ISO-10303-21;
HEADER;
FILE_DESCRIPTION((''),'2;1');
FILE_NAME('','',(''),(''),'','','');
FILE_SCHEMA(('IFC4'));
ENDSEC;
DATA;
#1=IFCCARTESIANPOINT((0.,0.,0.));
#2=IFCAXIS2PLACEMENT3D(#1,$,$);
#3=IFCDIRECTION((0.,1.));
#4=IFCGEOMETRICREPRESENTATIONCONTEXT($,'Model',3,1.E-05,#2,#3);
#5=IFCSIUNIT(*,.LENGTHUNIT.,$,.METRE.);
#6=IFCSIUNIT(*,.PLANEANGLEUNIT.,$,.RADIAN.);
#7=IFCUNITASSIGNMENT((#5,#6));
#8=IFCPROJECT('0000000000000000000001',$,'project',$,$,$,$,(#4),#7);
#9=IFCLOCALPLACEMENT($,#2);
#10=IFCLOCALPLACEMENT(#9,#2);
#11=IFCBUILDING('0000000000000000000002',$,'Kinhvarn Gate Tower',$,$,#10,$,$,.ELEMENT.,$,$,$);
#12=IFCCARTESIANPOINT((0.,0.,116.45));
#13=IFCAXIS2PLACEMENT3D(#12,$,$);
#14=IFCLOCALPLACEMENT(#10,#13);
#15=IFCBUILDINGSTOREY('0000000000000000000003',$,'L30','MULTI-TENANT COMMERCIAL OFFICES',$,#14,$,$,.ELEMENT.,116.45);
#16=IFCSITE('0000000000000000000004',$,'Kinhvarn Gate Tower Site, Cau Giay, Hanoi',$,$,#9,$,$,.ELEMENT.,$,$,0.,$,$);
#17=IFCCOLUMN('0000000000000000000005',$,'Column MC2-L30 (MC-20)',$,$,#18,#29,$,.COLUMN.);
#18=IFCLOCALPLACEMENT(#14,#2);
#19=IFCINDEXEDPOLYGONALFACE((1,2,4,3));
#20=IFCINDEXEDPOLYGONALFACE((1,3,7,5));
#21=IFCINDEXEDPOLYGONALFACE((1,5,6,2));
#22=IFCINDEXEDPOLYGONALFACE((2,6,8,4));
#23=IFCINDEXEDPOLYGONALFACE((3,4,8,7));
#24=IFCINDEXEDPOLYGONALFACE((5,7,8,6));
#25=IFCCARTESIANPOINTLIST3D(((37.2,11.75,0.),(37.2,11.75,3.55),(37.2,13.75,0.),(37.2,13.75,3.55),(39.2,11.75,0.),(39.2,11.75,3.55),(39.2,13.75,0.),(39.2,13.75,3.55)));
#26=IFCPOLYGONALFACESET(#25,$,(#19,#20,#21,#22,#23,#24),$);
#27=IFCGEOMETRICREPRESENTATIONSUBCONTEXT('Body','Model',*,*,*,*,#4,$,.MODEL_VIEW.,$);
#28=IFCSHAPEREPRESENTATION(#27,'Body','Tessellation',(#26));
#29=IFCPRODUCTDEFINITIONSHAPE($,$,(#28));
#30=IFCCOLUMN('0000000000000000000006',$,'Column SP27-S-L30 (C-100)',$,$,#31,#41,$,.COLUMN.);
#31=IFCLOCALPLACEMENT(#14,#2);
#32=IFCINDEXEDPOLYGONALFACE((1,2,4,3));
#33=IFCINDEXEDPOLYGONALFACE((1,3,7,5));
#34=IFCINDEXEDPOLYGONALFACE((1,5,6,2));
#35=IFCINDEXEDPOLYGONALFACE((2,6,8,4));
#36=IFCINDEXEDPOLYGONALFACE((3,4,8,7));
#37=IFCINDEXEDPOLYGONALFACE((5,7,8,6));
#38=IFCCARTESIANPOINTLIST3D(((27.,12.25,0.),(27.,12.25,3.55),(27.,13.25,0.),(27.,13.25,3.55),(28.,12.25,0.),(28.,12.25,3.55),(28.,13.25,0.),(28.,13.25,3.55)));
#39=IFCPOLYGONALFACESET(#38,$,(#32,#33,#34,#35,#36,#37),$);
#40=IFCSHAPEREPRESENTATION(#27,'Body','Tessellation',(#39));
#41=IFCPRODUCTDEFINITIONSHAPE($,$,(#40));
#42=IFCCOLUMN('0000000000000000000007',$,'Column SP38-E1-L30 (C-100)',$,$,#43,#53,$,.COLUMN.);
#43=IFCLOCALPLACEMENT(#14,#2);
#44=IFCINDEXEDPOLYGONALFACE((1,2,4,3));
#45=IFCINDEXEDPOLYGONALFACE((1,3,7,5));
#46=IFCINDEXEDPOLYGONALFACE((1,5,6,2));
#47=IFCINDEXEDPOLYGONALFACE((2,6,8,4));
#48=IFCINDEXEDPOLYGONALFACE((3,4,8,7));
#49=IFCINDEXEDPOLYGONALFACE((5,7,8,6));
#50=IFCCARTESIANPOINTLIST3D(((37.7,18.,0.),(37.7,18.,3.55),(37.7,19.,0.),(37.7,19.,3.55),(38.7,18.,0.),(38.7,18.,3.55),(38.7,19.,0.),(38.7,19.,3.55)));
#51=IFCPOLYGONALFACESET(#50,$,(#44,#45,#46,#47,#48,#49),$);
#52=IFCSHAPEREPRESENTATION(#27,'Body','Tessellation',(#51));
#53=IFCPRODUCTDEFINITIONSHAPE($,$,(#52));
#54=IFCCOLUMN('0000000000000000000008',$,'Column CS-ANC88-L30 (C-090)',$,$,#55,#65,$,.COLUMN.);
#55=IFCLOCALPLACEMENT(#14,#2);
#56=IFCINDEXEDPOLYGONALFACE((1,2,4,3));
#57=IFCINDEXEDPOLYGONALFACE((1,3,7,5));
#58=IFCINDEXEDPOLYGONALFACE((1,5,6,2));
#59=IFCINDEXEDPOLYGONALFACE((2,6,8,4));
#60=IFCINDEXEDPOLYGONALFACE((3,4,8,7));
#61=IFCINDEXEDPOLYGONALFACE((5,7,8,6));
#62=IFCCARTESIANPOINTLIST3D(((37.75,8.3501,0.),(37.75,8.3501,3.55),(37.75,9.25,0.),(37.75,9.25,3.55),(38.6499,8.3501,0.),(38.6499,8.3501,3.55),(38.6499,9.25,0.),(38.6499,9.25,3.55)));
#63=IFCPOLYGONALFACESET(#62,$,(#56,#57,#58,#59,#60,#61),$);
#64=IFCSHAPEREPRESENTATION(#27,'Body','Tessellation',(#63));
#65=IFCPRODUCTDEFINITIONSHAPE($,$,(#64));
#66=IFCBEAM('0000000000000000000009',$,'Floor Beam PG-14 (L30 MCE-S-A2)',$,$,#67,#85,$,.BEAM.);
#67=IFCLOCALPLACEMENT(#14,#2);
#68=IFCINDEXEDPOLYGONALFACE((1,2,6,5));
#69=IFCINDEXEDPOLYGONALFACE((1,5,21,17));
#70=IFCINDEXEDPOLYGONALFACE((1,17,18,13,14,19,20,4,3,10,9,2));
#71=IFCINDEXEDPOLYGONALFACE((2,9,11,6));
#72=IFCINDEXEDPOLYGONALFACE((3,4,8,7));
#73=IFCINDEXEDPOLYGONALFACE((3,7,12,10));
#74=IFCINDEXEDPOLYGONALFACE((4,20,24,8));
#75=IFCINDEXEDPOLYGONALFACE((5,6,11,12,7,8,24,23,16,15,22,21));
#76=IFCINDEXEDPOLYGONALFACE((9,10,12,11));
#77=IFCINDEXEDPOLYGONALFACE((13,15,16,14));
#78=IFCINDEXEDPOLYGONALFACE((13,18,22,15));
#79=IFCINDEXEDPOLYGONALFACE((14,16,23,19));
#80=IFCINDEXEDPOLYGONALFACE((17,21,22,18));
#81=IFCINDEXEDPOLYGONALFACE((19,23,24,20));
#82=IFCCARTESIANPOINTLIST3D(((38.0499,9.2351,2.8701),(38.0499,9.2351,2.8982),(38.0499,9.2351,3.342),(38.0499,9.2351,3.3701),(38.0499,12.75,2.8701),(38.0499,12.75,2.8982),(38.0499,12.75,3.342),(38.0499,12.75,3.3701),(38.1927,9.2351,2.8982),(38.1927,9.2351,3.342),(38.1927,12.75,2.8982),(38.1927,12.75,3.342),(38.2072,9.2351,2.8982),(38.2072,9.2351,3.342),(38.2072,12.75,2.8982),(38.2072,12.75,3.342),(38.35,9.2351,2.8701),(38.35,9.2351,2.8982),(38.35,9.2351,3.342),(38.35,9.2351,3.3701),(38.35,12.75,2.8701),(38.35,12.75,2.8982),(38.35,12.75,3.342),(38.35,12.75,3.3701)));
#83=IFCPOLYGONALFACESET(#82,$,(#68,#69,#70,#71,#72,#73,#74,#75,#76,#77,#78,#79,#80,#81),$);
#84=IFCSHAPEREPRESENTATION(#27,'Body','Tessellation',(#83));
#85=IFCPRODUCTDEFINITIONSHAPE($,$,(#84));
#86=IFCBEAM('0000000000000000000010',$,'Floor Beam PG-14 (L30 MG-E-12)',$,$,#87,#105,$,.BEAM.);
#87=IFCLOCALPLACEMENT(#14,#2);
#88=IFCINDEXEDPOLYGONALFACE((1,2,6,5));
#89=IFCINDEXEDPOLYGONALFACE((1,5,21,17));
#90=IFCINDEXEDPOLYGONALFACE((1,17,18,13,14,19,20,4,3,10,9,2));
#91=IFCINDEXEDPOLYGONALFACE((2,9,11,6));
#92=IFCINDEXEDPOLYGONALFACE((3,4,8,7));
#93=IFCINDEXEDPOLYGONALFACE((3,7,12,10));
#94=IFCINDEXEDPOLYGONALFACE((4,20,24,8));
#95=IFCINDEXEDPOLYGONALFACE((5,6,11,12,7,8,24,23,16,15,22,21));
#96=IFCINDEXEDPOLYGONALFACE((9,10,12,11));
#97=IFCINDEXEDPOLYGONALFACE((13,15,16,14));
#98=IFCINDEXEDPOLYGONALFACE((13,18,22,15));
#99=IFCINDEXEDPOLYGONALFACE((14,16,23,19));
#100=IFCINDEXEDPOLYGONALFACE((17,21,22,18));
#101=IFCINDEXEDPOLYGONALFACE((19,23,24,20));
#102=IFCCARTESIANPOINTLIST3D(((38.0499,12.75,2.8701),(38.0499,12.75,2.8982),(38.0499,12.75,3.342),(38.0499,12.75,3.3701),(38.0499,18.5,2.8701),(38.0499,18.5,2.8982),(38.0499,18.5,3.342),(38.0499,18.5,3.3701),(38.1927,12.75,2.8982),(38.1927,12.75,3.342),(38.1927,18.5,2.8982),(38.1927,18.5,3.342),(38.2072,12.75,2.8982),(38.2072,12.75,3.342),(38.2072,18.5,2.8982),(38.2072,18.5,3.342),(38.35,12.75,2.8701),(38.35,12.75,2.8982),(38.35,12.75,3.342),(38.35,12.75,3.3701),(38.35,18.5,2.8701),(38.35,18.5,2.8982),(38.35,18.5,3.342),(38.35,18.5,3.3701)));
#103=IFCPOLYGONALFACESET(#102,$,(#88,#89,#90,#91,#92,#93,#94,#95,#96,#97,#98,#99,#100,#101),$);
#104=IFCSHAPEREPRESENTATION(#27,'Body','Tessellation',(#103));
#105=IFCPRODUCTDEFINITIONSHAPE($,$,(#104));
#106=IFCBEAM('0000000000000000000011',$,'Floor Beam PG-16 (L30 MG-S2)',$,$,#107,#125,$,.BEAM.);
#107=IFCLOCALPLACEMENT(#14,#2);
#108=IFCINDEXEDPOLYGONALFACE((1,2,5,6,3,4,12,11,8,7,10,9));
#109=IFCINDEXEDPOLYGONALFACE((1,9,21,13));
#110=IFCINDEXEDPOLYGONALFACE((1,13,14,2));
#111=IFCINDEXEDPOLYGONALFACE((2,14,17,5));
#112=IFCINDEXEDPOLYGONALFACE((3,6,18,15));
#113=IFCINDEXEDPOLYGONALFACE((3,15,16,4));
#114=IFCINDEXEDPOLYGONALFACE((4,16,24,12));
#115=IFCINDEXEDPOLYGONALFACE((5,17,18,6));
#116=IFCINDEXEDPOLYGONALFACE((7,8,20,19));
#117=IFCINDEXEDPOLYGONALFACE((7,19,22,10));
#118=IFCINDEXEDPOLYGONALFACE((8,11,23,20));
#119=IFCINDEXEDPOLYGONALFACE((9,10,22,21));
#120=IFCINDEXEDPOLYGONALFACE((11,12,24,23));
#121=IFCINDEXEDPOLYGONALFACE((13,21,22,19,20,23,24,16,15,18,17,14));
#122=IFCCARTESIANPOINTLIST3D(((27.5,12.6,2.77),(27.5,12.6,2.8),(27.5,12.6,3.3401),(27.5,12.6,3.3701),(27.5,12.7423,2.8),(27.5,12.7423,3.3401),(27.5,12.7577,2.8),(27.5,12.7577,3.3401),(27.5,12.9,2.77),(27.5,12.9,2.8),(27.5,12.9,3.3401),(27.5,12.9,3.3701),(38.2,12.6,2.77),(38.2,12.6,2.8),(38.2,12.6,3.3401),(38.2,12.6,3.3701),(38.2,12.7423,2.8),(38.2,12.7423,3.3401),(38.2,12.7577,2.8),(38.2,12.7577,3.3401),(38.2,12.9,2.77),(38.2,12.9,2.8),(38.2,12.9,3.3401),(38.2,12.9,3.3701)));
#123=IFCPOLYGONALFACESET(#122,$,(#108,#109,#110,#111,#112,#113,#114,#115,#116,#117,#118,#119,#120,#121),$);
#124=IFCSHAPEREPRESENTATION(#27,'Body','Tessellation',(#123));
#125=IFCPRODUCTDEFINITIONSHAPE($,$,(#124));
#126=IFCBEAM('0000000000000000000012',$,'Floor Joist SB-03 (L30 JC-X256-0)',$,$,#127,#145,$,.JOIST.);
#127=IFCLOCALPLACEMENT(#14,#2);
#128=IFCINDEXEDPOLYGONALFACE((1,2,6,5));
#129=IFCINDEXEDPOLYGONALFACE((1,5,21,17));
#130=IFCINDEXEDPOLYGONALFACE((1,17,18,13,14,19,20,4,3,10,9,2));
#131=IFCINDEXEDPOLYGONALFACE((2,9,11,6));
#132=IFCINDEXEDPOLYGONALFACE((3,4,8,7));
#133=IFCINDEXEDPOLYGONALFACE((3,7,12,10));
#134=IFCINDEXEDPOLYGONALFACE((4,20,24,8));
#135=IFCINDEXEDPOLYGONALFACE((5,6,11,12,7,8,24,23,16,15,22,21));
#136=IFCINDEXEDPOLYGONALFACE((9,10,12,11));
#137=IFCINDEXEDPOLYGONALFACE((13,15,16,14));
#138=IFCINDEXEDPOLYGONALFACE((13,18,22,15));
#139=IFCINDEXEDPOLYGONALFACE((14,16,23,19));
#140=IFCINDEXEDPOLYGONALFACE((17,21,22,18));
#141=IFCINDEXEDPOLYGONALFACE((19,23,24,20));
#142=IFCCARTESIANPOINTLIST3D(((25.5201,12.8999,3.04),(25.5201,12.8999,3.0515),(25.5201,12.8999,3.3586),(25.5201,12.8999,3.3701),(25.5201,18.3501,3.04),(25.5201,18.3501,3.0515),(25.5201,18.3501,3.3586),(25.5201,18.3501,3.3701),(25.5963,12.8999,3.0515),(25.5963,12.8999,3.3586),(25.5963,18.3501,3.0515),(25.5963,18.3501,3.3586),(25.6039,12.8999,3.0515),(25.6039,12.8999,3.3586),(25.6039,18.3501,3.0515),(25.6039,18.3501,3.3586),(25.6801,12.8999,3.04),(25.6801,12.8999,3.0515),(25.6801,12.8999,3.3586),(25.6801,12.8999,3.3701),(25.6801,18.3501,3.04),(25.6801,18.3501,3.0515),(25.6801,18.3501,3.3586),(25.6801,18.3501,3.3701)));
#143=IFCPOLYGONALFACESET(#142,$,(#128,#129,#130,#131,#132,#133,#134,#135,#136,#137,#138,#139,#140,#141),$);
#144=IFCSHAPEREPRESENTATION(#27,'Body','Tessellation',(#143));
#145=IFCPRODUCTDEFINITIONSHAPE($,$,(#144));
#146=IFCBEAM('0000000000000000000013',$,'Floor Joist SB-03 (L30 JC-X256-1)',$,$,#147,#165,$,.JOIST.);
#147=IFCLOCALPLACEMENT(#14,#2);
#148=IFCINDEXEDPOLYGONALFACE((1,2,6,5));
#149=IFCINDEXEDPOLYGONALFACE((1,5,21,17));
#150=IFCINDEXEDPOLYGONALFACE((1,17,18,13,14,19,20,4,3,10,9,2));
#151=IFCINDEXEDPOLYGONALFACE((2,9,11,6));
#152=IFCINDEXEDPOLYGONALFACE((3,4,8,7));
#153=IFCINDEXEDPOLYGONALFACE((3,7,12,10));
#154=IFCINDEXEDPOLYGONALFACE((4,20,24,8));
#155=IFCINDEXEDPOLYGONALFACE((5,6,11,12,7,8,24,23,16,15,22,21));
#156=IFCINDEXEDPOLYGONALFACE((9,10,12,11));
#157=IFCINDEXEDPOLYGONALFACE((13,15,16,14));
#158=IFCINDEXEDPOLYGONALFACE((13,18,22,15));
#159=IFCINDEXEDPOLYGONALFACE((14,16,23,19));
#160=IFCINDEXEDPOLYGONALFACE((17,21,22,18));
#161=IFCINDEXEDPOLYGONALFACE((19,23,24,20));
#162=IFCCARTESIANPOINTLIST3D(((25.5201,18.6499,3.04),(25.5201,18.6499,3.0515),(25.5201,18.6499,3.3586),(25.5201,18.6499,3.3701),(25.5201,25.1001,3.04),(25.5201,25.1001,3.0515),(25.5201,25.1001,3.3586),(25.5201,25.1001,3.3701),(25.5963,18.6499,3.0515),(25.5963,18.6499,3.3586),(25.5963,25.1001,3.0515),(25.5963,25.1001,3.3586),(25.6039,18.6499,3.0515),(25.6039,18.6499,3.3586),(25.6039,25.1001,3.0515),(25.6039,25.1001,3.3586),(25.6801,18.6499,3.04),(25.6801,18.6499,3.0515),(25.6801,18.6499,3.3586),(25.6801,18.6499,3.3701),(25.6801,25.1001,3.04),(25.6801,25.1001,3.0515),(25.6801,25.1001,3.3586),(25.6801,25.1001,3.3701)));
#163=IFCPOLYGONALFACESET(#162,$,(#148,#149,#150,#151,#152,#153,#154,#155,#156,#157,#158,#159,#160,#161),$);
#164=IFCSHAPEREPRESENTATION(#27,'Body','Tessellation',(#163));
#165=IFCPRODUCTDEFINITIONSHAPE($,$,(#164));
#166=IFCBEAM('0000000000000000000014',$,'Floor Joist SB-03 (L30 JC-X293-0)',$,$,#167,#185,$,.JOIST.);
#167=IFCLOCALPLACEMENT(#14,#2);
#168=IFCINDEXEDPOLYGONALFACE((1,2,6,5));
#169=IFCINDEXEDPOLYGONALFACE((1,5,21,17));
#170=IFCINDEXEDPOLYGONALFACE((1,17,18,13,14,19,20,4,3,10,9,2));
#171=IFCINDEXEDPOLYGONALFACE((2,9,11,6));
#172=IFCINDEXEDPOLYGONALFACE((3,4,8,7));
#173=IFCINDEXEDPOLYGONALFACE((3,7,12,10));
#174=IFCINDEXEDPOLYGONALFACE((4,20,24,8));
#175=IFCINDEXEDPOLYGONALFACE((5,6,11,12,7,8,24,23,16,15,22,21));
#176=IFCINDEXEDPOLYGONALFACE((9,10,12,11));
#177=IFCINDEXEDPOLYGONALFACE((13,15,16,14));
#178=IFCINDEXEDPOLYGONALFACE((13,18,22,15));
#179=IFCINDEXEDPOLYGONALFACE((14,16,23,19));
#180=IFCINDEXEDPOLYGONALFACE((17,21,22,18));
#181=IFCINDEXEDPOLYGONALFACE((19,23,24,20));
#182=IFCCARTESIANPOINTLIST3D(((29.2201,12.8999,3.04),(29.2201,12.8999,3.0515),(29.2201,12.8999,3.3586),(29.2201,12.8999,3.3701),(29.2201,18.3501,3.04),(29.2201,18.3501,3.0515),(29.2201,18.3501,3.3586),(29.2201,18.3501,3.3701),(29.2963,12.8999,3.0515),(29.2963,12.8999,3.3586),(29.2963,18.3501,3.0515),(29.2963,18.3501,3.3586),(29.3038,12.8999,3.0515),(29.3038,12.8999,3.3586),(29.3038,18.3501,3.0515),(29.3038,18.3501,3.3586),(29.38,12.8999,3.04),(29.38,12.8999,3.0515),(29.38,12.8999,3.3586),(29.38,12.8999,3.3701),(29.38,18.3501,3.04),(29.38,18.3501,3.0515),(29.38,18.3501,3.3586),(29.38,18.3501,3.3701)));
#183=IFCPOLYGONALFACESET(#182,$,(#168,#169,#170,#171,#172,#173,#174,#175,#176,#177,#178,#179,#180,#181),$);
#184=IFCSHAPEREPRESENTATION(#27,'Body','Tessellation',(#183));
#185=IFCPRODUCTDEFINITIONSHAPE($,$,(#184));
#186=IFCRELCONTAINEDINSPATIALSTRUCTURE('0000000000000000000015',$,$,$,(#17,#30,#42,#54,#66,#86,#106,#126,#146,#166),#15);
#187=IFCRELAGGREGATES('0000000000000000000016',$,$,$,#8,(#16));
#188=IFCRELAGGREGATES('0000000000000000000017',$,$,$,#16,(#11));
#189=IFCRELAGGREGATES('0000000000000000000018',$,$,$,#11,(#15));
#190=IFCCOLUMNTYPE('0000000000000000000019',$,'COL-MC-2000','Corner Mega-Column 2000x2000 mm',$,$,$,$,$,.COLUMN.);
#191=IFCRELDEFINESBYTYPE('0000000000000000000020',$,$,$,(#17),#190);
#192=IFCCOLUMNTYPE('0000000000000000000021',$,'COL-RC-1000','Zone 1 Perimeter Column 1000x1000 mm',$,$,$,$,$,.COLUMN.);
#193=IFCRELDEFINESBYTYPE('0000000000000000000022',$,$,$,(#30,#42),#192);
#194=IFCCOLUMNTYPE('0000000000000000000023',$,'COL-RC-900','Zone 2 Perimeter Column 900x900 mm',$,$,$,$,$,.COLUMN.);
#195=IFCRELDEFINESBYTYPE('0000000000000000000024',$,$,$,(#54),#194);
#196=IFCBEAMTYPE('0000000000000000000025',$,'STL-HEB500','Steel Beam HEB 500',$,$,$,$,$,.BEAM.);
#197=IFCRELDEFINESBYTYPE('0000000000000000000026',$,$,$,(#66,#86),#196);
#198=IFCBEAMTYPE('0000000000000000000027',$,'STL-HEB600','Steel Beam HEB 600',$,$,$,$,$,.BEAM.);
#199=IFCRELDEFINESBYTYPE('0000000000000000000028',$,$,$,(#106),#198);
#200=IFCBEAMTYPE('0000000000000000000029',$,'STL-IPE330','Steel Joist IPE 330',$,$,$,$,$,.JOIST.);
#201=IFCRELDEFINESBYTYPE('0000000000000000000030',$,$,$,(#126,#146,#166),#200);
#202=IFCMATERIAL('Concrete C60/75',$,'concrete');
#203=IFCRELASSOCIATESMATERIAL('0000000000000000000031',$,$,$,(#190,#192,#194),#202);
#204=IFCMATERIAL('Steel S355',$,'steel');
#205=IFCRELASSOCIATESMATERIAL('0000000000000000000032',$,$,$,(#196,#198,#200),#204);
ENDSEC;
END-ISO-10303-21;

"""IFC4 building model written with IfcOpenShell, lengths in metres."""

from ifc_helpers import new_model, si_unit, direction, frame, origin, origin_2d, place, context, subcontext, project, spatial, rectangle, i_section, extrude, material, material_profile, profile_set, type_object, element, save


model = new_model("IFC4")

# Units and contexts
model_context = context("Model", 3, precision=1e-05, world=origin(), true_north=direction((0.0, 1.0)))
body_context = subcontext(model_context, "Body", "Model", "MODEL_VIEW")
ifc_project = project(units=[si_unit("LENGTHUNIT", "METRE"), si_unit("PLANEANGLEUNIT", "RADIAN")], contexts=[model_context])

# Site, building, storey
site_placement = place(None, origin())
site = spatial("IfcSite", under=ifc_project, at=site_placement, Name="Kinhvarn Gate Tower Site, Cau Giay, Hanoi", CompositionType="ELEMENT", RefElevation=0.0)
building_placement = place(site_placement, origin())
building = spatial("IfcBuilding", under=site, at=building_placement, Name="Kinhvarn Gate Tower", CompositionType="ELEMENT")
storey_placement = place(building_placement, frame((0.0, 0.0, 116.45)))
storey = spatial("IfcBuildingStorey", under=building, at=storey_placement, Name="L30", Description="MULTI-TENANT COMMERCIAL OFFICES", CompositionType="ELEMENT", Elevation=116.45)

# Columns
ifc_material_1 = material(Name="Concrete C60/75", Category="concrete")
ifc_material_profile_1 = material_profile(ifc_material_1, rectangle(XDim=2.0, YDim=2.0, at=origin_2d()), Name="RC 2000x2000")
ifc_profile_set_1 = profile_set([ifc_material_profile_1], Name="Concrete C60/75")
column_type_1 = type_object("IfcColumnType", Name="COL-MC-2000", Description="Corner Mega-Column 2000x2000 mm", PredefinedType="COLUMN", material=ifc_profile_set_1)
column_1_placement = place(storey_placement, frame((38.2, 12.75, 0.0), z_axis=(0.0, 0.0, 1.0), x_axis=(1.0, 0.0, 0.0)))
element("IfcColumn", 1, at=column_1_placement, inside=storey, type_object=column_type_1, Name="Column MC2-L30 (MC-20)", PredefinedType="COLUMN", context=body_context, shape_type="SweptSolid", body=[
    extrude(rectangle(XDim=2.0, YDim=2.0, at=origin_2d()), origin(), (0.0, 0.0, 1.0), 3.55),
])
ifc_material_profile_2 = material_profile(ifc_material_1, rectangle(XDim=1.0, YDim=1.0, at=origin_2d()), Name="RC 1000x1000")
ifc_profile_set_2 = profile_set([ifc_material_profile_2], Name="Concrete C60/75")
column_type_2 = type_object("IfcColumnType", Name="COL-RC-1000", Description="Zone 1 Perimeter Column 1000x1000 mm", PredefinedType="COLUMN", material=ifc_profile_set_2)
for number, where, z_axis, x_axis, name in (
    (2, (27.5, 12.75, 0.0), (0.0, 0.0, 1.0), (1.0, 0.0, 0.0), "Column SP27-S-L30 (C-100)"),
    (3, (38.2, 18.5, 0.0), (0.0, 0.0, 1.0), (1.0, 0.0, 0.0), "Column SP38-E1-L30 (C-100)"),
):
    element("IfcColumn", number, at=place(storey_placement, frame(where, z_axis=z_axis, x_axis=x_axis)), inside=storey, type_object=column_type_2, Name=name, PredefinedType="COLUMN", context=body_context, shape_type="SweptSolid", body=[
        extrude(rectangle(XDim=1.0, YDim=1.0, at=origin_2d()), origin(), (0.0, 0.0, 1.0), 3.55),
    ])
ifc_material_profile_3 = material_profile(ifc_material_1, rectangle(XDim=0.8999, YDim=0.8999, at=origin_2d()), Name="RC 900x900")
ifc_profile_set_3 = profile_set([ifc_material_profile_3], Name="Concrete C60/75")
column_type_3 = type_object("IfcColumnType", Name="COL-RC-900", Description="Zone 2 Perimeter Column 900x900 mm", PredefinedType="COLUMN", material=ifc_profile_set_3)
column_2_placement = place(storey_placement, frame((38.2, 8.8, 0.0), z_axis=(0.0, 0.0, 1.0), x_axis=(1.0, 0.0, 0.0)))
element("IfcColumn", 4, at=column_2_placement, inside=storey, type_object=column_type_3, Name="Column CS-ANC88-L30 (C-090)", PredefinedType="COLUMN", context=body_context, shape_type="SweptSolid", body=[
    extrude(rectangle(XDim=0.8999, YDim=0.8999, at=origin_2d()), origin(), (0.0, 0.0, 1.0), 3.55),
])

# Beams
ifc_material_2 = material(Name="Steel S355", Category="steel")
ifc_material_profile_4 = material_profile(ifc_material_2, i_section(OverallWidth=0.3, OverallDepth=0.5, WebThickness=0.0144, FlangeThickness=0.0281, at=origin_2d()), Name="HEB 500")
ifc_profile_set_4 = profile_set([ifc_material_profile_4], Name="Steel S355")
beam_type_1 = type_object("IfcBeamType", Name="STL-HEB500", Description="Steel Beam HEB 500", PredefinedType="BEAM", material=ifc_profile_set_4)
beam_1_placement = place(storey_placement, frame((38.2, 9.2351, 3.1201), z_axis=(0.0, 1.0, 0.0), x_axis=(-1.0, 0.0, 0.0)))
element("IfcBeam", 5, at=beam_1_placement, inside=storey, type_object=beam_type_1, Name="Floor Beam PG-14 (L30 MCE-S-A2)", PredefinedType="BEAM", context=body_context, shape_type="SweptSolid", body=[
    extrude(i_section(OverallWidth=0.3, OverallDepth=0.5, WebThickness=0.0144, FlangeThickness=0.0281, at=origin_2d()), origin(), (0.0, 0.0, 1.0), 3.5149),
])
beam_2_placement = place(storey_placement, frame((38.2, 12.75, 3.1201), z_axis=(0.0, 1.0, 0.0), x_axis=(-1.0, 0.0, 0.0)))
element("IfcBeam", 6, at=beam_2_placement, inside=storey, type_object=beam_type_1, Name="Floor Beam PG-14 (L30 MG-E-12)", PredefinedType="BEAM", context=body_context, shape_type="SweptSolid", body=[
    extrude(i_section(OverallWidth=0.3, OverallDepth=0.5, WebThickness=0.0144, FlangeThickness=0.0281, at=origin_2d()), origin(), (0.0, 0.0, 1.0), 5.75),
])
ifc_material_profile_5 = material_profile(ifc_material_2, i_section(OverallWidth=0.3, OverallDepth=0.6001, WebThickness=0.0154, FlangeThickness=0.03, at=origin_2d()), Name="HEB 600")
ifc_profile_set_5 = profile_set([ifc_material_profile_5], Name="Steel S355")
beam_type_2 = type_object("IfcBeamType", Name="STL-HEB600", Description="Steel Beam HEB 600", PredefinedType="BEAM", material=ifc_profile_set_5)
beam_3_placement = place(storey_placement, frame((27.5, 12.75, 3.0701), z_axis=(1.0, 0.0, 0.0), x_axis=(0.0, 1.0, 0.0)))
element("IfcBeam", 7, at=beam_3_placement, inside=storey, type_object=beam_type_2, Name="Floor Beam PG-16 (L30 MG-S2)", PredefinedType="BEAM", context=body_context, shape_type="SweptSolid", body=[
    extrude(i_section(OverallWidth=0.3, OverallDepth=0.6001, WebThickness=0.0154, FlangeThickness=0.03, at=origin_2d()), origin(), (0.0, 0.0, 1.0), 10.7),
])
ifc_material_profile_6 = material_profile(ifc_material_2, i_section(OverallWidth=0.1599, OverallDepth=0.3301, WebThickness=0.0076, FlangeThickness=0.0115, at=origin_2d()), Name="IPE 330")
ifc_profile_set_6 = profile_set([ifc_material_profile_6], Name="Steel S355")
beam_type_3 = type_object("IfcBeamType", Name="STL-IPE330", Description="Steel Joist IPE 330", PredefinedType="JOIST", material=ifc_profile_set_6)
beam_4_placement = place(storey_placement, frame((25.6001, 12.8999, 3.2051), z_axis=(0.0, 1.0, 0.0), x_axis=(-1.0, 0.0, 0.0)))
element("IfcBeam", 8, at=beam_4_placement, inside=storey, type_object=beam_type_3, Name="Floor Joist SB-03 (L30 JC-X256-0)", PredefinedType="JOIST", context=body_context, shape_type="SweptSolid", body=[
    extrude(i_section(OverallWidth=0.1599, OverallDepth=0.3301, WebThickness=0.0076, FlangeThickness=0.0115, at=origin_2d()), origin(), (0.0, 0.0, 1.0), 5.4502),
])
beam_5_placement = place(storey_placement, frame((25.6001, 18.6499, 3.2051), z_axis=(0.0, 1.0, 0.0), x_axis=(-1.0, 0.0, 0.0)))
element("IfcBeam", 9, at=beam_5_placement, inside=storey, type_object=beam_type_3, Name="Floor Joist SB-03 (L30 JC-X256-1)", PredefinedType="JOIST", context=body_context, shape_type="SweptSolid", body=[
    extrude(i_section(OverallWidth=0.1599, OverallDepth=0.3301, WebThickness=0.0076, FlangeThickness=0.0115, at=origin_2d()), origin(), (0.0, 0.0, 1.0), 6.4502),
])
beam_6_placement = place(storey_placement, frame((29.3, 12.8999, 3.2051), z_axis=(0.0, 1.0, 0.0), x_axis=(-1.0, 0.0, 0.0)))
element("IfcBeam", 10, at=beam_6_placement, inside=storey, type_object=beam_type_3, Name="Floor Joist SB-03 (L30 JC-X293-0)", PredefinedType="JOIST", context=body_context, shape_type="SweptSolid", body=[
    extrude(i_section(OverallWidth=0.1599, OverallDepth=0.3301, WebThickness=0.0076, FlangeThickness=0.0115, at=origin_2d()), origin(), (0.0, 0.0, 1.0), 5.4502),
])

save(model, "model.ifc")
